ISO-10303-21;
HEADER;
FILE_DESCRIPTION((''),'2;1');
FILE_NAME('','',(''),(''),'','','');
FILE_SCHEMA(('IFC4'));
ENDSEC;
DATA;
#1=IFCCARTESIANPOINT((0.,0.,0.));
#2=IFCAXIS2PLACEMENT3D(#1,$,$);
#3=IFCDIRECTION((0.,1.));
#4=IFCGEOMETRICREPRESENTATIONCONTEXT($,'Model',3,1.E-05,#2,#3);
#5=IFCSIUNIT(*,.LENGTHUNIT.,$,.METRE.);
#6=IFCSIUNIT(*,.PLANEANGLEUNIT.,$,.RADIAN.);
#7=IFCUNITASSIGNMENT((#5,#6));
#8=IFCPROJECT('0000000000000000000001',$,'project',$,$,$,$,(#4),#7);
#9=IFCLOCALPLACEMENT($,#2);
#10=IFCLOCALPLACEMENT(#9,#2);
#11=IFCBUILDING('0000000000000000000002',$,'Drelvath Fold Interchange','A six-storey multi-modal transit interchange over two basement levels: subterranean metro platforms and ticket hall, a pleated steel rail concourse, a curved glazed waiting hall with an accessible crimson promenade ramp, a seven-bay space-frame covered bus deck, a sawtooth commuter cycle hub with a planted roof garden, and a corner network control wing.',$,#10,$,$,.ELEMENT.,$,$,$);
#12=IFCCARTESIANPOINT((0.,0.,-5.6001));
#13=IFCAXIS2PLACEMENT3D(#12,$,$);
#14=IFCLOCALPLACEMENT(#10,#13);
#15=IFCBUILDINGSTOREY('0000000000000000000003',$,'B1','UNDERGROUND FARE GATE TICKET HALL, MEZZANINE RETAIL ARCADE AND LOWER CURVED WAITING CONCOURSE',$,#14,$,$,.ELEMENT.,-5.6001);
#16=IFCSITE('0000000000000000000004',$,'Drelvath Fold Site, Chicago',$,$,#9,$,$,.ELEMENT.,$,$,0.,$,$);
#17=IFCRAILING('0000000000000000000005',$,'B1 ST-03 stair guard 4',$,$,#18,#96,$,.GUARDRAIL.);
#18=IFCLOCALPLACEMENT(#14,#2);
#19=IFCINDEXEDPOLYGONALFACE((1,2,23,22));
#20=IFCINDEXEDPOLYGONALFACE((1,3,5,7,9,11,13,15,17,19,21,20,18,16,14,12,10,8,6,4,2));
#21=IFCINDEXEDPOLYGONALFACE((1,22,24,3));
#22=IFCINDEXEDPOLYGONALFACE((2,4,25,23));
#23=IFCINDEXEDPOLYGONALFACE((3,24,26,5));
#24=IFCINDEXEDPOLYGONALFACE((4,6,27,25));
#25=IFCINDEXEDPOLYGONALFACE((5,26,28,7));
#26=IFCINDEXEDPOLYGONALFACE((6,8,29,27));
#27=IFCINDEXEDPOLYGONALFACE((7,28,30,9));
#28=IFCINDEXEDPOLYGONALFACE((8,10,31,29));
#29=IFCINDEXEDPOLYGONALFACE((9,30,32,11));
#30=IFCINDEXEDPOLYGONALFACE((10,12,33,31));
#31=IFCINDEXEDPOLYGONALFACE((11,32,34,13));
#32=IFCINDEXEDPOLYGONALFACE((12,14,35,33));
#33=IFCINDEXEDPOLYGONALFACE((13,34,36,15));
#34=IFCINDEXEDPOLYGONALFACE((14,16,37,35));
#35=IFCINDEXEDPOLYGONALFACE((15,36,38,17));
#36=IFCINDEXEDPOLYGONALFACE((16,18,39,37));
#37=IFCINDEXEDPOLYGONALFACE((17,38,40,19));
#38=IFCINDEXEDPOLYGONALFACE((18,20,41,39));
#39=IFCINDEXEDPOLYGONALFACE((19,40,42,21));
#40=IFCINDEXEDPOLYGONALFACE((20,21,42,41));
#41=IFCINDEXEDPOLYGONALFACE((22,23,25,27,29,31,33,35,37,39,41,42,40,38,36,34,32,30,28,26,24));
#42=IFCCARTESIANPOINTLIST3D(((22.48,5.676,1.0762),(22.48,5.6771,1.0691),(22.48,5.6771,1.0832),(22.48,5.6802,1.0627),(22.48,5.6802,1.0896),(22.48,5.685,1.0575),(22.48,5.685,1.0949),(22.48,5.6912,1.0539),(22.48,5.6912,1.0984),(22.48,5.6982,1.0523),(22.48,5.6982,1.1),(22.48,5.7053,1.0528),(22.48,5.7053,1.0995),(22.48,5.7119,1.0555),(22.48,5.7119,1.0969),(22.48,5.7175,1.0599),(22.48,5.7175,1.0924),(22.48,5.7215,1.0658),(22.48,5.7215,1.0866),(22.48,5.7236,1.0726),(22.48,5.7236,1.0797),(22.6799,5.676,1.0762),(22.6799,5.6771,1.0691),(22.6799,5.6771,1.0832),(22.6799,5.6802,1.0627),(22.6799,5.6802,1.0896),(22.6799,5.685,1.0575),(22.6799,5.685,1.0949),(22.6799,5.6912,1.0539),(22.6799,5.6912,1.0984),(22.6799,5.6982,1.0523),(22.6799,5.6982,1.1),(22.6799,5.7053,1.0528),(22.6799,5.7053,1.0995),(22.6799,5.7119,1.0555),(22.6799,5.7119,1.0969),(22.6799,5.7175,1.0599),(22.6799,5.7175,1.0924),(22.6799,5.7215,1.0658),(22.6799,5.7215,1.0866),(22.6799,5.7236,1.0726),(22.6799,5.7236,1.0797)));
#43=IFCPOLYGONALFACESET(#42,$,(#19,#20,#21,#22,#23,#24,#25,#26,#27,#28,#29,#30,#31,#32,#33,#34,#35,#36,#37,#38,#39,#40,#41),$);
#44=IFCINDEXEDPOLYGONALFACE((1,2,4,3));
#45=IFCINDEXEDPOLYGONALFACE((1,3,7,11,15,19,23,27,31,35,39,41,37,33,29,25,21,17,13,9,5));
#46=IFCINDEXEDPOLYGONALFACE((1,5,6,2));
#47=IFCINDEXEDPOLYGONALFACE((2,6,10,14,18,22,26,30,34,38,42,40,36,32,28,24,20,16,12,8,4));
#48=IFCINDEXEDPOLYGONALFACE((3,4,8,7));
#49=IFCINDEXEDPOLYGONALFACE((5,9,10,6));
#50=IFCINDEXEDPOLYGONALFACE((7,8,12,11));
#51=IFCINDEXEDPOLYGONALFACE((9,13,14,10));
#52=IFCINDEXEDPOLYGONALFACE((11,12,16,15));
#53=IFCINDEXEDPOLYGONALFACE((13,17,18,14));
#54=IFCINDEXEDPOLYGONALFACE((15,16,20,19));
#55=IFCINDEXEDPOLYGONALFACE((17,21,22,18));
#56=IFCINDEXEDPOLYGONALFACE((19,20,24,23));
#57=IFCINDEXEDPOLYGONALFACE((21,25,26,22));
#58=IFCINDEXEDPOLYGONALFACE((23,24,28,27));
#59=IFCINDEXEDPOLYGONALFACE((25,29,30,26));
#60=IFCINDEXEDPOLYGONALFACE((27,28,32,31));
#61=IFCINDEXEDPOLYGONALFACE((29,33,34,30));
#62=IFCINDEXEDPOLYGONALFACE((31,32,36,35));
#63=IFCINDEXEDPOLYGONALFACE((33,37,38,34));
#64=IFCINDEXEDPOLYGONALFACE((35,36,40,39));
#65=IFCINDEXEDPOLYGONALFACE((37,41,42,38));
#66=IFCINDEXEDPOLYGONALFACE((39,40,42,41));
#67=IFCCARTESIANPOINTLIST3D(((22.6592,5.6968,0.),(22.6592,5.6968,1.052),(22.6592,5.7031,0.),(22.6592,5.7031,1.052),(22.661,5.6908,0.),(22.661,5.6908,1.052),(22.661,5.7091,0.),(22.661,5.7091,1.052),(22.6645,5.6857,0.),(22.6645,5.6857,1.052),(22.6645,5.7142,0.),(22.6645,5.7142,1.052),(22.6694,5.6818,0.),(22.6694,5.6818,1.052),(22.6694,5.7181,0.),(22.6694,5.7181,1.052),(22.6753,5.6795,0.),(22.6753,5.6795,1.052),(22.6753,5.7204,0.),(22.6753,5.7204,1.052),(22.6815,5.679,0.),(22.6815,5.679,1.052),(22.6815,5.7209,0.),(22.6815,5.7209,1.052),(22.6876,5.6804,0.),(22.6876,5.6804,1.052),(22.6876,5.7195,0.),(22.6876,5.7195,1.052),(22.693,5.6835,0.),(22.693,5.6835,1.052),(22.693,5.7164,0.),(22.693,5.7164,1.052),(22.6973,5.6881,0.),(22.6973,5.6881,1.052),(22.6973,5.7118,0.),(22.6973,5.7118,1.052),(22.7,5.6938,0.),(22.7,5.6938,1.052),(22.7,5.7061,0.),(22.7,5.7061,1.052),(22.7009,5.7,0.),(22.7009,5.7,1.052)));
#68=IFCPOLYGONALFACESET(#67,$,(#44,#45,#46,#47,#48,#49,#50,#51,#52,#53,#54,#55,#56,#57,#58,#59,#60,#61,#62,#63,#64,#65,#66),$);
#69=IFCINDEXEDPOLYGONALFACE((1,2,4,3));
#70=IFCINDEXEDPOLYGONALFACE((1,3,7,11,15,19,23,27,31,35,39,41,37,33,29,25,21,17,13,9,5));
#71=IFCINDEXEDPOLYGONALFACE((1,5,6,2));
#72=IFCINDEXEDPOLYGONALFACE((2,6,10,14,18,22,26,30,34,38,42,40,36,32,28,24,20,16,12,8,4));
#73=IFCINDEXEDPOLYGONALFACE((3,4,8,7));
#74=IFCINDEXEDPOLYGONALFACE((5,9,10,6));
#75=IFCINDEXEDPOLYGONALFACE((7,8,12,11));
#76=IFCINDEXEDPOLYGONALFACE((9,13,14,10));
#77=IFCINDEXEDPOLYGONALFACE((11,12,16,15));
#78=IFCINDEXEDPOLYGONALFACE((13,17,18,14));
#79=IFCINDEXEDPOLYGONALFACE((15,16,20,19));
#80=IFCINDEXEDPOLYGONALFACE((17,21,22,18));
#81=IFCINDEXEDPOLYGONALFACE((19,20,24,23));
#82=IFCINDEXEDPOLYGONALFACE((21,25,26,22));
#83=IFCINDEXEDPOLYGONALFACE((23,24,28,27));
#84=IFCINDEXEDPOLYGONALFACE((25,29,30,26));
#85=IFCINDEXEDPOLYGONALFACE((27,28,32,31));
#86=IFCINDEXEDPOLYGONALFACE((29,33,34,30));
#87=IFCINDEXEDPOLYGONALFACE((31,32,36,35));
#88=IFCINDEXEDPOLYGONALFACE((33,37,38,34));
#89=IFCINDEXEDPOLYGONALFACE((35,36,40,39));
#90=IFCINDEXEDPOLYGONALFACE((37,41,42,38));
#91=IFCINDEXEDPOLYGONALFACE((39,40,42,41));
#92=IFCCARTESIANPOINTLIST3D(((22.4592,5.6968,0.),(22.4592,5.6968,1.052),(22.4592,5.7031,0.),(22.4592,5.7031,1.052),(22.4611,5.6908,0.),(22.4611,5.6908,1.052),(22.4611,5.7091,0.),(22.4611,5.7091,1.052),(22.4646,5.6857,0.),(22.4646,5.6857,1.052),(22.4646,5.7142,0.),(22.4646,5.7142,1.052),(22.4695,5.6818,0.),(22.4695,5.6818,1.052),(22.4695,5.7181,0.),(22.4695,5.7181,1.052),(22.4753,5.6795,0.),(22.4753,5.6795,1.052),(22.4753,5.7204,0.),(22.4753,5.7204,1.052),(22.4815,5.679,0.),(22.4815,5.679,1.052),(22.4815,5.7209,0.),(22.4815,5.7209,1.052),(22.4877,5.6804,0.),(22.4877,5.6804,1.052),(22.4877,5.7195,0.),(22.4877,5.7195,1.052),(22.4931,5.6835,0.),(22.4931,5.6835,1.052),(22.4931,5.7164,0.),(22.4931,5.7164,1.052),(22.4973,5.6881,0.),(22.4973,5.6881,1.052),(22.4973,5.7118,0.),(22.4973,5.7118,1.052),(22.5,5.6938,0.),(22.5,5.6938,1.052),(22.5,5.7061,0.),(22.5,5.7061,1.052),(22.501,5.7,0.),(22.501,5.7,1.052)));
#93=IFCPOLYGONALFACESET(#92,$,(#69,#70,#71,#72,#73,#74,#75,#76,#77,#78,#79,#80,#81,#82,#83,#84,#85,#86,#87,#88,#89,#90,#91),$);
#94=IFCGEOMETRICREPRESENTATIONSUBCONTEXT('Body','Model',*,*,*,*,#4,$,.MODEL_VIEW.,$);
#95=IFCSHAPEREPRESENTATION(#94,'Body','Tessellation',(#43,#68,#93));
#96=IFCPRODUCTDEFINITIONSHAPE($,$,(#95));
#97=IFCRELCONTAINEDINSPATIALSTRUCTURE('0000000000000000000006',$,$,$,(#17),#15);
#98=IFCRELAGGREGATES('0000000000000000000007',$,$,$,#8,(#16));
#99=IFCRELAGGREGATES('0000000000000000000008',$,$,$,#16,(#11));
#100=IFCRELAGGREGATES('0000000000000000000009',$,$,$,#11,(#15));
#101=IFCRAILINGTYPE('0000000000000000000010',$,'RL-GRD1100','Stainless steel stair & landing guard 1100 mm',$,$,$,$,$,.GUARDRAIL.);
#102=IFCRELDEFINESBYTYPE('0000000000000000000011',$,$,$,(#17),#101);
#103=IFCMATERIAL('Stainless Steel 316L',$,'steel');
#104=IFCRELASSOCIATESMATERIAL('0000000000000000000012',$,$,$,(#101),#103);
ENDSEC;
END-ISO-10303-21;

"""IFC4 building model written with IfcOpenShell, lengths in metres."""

from ifc_helpers import new_model, si_unit, direction, frame, origin, origin_2d, place, context, subcontext, project, spatial, circle, extrude, material, type_object, element, save


model = new_model("IFC4")

# Units and contexts
model_context = context("Model", 3, precision=1e-05, world=origin(), true_north=direction((0.0, 1.0)))
body_context = subcontext(model_context, "Body", "Model", "MODEL_VIEW")
ifc_project = project(units=[si_unit("LENGTHUNIT", "METRE"), si_unit("PLANEANGLEUNIT", "RADIAN")], contexts=[model_context])

# Site, building, storey
site_placement = place(None, origin())
site = spatial("IfcSite", under=ifc_project, at=site_placement, Name="Drelvath Fold Site, Chicago", CompositionType="ELEMENT", RefElevation=0.0)
building_placement = place(site_placement, origin())
building = spatial("IfcBuilding", under=site, at=building_placement, Name="Drelvath Fold Interchange", Description="A six-storey multi-modal transit interchange over two basement levels: subterranean metro platforms and ticket hall, a pleated steel rail concourse, a curved glazed waiting hall with an accessible crimson promenade ramp, a seven-bay space-frame covered bus deck, a sawtooth commuter cycle hub with a planted roof garden, and a corner network control wing.", CompositionType="ELEMENT")
storey_placement = place(building_placement, frame((0.0, 0.0, -5.6001)))
storey = spatial("IfcBuildingStorey", under=building, at=storey_placement, Name="B1", Description="UNDERGROUND FARE GATE TICKET HALL, MEZZANINE RETAIL ARCADE AND LOWER CURVED WAITING CONCOURSE", CompositionType="ELEMENT", Elevation=-5.6001)

# Railing
ifc_material_1 = material(Name="Stainless Steel 316L", Category="steel")
railing_type_1 = type_object("IfcRailingType", Name="RL-GRD1100", Description="Stainless steel stair & landing guard 1100 mm", PredefinedType="GUARDRAIL", material=ifc_material_1)
railing_1_placement = place(storey_placement, frame((22.6799, 5.7, 0.0)))
element("IfcRailing", 1, at=railing_1_placement, inside=storey, type_object=railing_type_1, Name="B1 ST-03 stair guard 4", PredefinedType="GUARDRAIL", context=body_context, shape_type="SweptSolid", body=[
    extrude(circle(Radius=0.0239, at=origin_2d()), frame((0.0, 0.0, 1.0762), z_axis=(-1.0, 0.0, 0.0), x_axis=(0.0, -1.0, 0.0)), (0.0, 0.0, 1.0), 0.2),
    extrude(circle(Radius=0.021, at=origin_2d()), origin(), (0.0, 0.0, 1.0), 1.052),
    extrude(circle(Radius=0.021, at=origin_2d()), frame((-0.2, 0.0, 0.0)), (0.0, 0.0, 1.0), 1.052),
])

save(model, "model.ifc")
